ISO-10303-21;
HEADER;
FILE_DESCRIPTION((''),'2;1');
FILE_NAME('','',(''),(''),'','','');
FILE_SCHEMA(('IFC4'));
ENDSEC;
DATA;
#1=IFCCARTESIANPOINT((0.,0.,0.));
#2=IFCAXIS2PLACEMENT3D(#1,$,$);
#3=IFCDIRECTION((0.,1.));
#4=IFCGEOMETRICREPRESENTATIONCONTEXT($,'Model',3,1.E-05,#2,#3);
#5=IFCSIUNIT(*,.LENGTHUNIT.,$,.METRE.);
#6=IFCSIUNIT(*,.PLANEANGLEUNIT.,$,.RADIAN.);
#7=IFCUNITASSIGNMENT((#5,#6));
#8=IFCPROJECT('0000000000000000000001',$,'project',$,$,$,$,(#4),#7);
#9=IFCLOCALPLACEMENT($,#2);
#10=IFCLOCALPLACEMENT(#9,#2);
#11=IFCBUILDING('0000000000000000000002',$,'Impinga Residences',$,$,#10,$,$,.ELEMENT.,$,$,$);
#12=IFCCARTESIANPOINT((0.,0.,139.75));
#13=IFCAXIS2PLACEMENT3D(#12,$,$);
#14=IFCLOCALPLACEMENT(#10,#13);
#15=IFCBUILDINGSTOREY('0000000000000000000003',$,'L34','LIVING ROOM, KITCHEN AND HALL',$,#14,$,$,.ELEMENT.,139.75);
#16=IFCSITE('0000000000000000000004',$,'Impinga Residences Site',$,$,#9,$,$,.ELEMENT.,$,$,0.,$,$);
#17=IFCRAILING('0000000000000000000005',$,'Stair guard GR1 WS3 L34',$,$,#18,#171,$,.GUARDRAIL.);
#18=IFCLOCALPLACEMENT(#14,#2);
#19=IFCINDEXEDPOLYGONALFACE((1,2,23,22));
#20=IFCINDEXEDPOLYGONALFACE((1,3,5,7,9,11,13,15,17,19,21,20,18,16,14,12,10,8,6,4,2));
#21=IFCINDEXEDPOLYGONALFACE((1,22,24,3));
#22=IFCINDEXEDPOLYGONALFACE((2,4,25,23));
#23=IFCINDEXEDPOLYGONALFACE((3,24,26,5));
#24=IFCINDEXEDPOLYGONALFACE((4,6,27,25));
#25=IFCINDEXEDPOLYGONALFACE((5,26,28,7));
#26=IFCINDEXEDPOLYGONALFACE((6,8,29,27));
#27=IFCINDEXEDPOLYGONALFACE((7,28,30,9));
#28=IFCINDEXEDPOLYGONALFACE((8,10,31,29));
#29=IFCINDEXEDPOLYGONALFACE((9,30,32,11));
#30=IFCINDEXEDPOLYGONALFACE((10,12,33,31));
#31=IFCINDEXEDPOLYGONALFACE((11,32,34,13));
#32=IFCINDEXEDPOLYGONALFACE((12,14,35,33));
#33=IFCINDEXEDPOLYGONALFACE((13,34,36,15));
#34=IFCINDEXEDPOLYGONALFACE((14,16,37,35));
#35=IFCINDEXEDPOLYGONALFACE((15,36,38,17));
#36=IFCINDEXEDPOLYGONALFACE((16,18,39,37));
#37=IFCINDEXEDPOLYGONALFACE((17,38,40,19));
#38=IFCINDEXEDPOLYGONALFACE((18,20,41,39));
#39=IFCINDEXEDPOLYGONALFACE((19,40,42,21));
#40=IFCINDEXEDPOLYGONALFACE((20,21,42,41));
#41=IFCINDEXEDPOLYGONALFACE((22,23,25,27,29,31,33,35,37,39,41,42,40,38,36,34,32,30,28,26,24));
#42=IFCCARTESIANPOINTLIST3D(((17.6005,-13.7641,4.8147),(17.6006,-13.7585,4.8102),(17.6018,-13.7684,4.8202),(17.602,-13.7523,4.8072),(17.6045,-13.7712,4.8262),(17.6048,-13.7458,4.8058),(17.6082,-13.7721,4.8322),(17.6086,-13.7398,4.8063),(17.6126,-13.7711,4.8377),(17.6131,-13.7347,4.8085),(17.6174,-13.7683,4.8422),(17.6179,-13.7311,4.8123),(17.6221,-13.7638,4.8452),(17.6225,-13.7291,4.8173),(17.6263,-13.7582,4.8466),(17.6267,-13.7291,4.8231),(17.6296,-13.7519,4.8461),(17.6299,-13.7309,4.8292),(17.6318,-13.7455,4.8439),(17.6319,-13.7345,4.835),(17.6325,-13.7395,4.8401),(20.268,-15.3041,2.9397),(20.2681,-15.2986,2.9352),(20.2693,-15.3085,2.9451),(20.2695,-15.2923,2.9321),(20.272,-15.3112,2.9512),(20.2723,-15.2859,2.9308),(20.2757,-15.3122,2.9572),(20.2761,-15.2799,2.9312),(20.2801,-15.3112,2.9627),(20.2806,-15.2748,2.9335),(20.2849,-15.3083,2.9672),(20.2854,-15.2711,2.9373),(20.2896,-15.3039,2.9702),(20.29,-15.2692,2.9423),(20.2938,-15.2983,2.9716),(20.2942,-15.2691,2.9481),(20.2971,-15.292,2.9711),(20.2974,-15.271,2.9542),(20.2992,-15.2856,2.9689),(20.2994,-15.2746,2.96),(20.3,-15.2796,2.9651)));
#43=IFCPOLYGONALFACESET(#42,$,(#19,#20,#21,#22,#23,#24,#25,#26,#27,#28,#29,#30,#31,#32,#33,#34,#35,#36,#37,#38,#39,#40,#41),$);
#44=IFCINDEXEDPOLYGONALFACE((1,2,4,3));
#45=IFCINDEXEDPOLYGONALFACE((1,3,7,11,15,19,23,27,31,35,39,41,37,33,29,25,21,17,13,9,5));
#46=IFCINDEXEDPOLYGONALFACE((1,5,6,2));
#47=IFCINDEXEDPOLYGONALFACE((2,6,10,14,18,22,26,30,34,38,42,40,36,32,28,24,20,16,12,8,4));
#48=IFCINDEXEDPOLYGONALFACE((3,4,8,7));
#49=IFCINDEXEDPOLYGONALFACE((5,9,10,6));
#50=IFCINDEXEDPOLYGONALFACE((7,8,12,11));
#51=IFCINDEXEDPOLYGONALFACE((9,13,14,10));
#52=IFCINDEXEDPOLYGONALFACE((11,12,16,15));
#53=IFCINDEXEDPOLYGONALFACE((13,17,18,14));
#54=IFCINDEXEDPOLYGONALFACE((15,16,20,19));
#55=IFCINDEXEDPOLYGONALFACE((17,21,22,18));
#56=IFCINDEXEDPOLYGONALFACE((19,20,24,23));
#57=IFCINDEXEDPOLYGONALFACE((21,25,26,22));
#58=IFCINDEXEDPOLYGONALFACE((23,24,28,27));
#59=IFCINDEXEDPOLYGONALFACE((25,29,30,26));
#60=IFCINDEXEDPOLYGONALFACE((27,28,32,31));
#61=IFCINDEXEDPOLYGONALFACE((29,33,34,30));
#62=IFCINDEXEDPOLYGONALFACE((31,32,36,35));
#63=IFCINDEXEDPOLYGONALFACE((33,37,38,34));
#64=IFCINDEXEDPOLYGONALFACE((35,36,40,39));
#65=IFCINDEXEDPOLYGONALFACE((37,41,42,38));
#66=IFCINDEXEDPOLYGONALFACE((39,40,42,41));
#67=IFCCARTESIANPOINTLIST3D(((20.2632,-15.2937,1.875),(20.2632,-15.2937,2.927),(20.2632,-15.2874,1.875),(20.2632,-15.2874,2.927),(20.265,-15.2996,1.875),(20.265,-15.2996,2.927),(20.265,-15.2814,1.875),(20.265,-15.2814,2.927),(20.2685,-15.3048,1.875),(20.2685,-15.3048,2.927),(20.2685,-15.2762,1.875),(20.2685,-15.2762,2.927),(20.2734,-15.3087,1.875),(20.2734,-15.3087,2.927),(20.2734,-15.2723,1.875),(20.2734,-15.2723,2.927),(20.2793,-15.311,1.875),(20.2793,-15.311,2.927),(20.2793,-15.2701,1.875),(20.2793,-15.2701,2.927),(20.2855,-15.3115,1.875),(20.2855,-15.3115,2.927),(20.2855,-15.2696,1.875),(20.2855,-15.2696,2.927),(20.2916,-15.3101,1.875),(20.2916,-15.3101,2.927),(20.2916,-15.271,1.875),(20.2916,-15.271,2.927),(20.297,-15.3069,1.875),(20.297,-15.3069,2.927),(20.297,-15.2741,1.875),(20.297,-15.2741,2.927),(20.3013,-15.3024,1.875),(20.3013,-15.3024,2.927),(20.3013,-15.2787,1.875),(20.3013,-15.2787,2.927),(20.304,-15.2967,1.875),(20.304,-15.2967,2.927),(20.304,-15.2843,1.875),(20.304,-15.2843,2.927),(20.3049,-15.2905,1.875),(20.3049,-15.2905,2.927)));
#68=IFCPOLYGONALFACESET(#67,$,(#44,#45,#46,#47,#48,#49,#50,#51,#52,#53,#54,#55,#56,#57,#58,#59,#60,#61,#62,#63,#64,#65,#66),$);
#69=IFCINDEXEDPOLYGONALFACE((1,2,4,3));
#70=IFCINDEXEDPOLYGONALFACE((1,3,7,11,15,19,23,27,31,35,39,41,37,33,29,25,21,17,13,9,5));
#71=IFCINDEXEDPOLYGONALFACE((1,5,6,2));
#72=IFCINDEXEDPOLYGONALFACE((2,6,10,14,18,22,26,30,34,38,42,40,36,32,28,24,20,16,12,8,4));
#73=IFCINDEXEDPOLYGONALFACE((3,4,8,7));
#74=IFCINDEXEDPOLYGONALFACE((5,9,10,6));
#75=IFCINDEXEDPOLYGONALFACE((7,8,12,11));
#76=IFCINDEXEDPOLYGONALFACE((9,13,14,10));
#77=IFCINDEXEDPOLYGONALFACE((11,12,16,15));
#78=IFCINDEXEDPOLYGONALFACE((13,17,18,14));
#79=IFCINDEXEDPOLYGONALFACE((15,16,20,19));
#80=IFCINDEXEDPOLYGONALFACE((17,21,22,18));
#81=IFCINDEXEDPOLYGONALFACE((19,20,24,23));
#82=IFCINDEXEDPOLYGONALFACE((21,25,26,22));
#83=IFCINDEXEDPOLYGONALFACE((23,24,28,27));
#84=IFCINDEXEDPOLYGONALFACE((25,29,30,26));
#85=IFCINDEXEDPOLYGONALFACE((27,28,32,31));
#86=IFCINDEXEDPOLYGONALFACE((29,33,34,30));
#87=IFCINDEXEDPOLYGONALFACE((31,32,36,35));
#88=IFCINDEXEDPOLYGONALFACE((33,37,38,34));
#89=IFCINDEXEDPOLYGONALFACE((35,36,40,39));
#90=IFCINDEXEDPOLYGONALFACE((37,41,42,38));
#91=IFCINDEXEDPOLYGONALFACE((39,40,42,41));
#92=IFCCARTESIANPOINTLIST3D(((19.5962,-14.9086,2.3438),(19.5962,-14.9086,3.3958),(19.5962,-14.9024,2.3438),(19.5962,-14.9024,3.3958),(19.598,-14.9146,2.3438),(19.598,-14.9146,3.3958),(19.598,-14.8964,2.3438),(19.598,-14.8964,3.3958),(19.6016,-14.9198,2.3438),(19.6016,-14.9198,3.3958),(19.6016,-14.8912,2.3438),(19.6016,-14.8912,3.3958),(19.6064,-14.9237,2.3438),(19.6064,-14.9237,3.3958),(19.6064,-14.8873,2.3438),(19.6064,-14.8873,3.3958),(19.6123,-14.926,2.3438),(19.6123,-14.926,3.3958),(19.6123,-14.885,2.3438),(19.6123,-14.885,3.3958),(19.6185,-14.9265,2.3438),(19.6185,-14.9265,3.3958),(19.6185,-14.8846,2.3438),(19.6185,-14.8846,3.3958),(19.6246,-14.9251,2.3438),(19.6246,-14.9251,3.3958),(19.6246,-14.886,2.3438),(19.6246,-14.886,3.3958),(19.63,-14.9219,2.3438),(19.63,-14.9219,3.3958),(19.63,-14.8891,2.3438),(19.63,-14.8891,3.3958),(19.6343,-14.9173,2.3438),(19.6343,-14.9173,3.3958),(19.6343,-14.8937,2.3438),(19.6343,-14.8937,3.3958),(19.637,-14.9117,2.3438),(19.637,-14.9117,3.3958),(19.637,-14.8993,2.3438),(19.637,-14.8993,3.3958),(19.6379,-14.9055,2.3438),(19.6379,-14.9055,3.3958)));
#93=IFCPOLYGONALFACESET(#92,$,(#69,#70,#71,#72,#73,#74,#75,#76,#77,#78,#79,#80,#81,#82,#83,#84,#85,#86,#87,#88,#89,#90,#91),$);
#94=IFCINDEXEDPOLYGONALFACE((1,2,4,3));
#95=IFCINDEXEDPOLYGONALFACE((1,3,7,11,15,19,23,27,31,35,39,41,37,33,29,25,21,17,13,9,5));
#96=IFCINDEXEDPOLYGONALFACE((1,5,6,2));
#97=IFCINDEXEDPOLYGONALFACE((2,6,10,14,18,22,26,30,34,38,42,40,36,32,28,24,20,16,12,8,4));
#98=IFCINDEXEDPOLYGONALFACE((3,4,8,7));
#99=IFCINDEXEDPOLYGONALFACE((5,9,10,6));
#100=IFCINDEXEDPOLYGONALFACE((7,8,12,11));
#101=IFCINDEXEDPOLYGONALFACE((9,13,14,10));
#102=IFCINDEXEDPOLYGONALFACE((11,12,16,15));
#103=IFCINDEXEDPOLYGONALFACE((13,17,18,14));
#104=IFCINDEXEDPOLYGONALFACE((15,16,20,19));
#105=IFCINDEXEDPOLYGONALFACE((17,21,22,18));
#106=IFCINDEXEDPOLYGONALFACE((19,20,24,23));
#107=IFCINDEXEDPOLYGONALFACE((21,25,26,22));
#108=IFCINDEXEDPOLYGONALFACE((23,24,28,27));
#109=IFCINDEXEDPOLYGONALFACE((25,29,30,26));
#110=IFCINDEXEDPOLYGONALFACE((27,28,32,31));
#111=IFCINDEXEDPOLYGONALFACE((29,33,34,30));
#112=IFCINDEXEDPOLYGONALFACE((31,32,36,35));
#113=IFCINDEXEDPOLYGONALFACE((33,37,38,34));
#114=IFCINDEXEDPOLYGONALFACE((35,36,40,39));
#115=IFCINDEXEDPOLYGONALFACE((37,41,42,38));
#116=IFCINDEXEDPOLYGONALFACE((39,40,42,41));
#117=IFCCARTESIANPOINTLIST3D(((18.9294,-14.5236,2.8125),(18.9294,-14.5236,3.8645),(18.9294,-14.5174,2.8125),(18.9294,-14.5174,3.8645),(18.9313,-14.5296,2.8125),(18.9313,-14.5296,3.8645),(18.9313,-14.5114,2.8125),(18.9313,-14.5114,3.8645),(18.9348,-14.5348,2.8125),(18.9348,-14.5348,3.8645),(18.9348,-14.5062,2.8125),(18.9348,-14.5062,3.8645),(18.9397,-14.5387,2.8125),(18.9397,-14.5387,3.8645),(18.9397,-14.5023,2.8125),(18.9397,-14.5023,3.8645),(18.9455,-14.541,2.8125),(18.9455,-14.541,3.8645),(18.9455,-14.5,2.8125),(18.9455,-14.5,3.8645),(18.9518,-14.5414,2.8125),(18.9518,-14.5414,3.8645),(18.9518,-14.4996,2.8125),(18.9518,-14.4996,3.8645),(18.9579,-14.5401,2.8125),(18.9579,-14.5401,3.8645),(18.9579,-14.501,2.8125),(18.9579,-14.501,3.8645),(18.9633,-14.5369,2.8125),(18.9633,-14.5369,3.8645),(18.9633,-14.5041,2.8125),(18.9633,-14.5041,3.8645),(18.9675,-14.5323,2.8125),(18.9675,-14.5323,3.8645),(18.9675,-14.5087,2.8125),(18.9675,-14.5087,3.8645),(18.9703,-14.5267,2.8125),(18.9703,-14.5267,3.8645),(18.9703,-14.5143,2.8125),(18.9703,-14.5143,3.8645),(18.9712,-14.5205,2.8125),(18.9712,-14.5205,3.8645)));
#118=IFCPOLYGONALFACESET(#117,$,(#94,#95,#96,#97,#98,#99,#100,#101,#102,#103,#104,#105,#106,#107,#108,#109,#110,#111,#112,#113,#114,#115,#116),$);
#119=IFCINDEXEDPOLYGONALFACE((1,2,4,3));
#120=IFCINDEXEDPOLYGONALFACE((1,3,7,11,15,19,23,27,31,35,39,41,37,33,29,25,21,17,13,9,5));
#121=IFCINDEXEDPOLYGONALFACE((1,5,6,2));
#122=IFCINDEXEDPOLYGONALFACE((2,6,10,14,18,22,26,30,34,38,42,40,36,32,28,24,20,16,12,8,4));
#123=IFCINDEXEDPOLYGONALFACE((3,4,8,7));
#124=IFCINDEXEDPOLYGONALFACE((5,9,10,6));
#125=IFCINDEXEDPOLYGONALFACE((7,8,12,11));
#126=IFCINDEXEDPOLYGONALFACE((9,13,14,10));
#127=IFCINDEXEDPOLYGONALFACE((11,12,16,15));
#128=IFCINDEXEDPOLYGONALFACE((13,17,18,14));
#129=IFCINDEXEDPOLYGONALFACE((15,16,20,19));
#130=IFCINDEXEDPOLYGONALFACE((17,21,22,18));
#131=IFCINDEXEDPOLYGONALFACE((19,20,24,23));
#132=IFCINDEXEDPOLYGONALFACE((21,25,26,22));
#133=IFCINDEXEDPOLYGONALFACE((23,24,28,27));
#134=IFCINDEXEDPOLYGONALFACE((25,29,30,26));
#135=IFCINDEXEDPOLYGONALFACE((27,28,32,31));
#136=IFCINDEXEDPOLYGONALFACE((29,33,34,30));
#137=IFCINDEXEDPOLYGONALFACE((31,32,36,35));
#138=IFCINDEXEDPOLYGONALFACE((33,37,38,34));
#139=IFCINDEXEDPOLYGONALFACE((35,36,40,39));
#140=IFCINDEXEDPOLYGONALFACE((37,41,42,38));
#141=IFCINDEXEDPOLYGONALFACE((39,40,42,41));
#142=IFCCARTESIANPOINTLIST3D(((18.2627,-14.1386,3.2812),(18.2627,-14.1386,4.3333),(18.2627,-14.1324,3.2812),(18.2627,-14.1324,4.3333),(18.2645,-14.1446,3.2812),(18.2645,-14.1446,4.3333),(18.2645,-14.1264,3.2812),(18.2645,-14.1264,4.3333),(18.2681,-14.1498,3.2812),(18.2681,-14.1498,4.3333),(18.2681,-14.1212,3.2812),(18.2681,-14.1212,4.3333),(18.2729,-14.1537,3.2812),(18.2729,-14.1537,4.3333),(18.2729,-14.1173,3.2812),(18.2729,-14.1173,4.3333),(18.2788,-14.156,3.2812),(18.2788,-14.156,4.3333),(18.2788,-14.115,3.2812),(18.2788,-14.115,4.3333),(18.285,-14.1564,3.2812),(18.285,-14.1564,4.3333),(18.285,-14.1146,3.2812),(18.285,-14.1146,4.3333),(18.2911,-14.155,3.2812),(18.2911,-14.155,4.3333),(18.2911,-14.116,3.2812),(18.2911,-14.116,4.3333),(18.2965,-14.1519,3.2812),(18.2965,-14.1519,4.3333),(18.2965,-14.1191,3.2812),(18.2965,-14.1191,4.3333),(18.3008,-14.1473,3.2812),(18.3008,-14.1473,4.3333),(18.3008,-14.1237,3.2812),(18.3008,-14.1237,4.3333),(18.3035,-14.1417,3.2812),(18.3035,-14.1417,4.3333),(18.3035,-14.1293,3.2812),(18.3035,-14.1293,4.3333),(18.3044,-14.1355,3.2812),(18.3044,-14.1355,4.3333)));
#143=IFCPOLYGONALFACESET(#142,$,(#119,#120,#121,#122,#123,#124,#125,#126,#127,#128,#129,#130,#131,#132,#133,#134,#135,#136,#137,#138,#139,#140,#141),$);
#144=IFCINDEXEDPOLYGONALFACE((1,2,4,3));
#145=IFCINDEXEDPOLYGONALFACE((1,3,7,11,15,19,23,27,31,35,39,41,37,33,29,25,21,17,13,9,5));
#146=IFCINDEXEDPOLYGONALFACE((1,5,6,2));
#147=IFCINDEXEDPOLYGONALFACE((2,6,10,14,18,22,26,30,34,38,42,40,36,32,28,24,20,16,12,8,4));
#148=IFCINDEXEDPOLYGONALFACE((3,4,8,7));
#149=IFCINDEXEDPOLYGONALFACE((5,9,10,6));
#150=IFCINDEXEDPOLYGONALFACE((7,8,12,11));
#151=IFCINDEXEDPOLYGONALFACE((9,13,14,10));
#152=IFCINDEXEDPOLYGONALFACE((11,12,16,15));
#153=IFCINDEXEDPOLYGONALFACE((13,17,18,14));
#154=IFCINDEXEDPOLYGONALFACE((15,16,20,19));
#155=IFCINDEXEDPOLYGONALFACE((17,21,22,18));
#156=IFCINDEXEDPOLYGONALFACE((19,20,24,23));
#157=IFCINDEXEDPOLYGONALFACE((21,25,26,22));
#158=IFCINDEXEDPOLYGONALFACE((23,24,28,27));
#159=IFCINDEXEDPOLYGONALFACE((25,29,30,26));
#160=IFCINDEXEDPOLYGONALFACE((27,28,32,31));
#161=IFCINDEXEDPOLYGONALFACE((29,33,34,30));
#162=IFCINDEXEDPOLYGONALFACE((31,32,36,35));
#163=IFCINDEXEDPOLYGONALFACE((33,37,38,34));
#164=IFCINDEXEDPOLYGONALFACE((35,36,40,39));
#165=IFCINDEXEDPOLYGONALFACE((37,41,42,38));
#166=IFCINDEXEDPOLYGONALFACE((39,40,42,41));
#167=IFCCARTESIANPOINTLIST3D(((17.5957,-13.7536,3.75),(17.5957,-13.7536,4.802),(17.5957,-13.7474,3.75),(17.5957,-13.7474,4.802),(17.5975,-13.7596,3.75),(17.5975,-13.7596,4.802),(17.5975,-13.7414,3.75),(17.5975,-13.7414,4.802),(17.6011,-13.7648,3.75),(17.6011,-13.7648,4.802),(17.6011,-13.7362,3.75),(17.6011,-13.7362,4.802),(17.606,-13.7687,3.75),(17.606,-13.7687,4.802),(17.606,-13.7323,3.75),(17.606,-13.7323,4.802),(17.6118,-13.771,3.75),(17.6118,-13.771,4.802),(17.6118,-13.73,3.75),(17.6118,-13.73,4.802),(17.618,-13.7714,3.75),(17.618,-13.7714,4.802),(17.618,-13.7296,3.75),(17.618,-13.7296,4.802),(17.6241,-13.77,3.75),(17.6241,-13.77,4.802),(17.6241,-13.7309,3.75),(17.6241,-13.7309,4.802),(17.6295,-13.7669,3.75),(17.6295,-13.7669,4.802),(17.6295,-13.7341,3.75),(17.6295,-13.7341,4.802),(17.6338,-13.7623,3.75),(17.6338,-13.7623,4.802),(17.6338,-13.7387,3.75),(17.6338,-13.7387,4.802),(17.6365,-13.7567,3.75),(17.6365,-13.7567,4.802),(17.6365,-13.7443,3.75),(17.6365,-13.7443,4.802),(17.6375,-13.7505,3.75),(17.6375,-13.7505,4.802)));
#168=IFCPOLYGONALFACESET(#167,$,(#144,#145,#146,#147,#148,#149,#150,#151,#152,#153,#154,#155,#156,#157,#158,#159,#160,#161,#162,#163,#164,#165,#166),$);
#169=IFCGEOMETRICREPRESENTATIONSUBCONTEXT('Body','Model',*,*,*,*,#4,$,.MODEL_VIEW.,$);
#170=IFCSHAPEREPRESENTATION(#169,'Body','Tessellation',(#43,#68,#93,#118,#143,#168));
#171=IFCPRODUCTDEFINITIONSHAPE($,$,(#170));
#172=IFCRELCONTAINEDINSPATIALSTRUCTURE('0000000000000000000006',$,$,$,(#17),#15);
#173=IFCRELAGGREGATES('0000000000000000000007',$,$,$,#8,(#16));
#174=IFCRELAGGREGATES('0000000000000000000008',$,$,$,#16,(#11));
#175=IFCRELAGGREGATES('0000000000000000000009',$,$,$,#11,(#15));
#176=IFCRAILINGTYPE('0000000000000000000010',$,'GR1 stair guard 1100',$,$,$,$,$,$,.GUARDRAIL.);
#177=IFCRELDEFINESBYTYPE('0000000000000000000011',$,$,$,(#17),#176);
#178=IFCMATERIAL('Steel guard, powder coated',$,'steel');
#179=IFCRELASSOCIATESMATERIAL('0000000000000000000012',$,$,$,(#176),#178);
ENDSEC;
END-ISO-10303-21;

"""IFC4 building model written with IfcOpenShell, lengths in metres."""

from ifc_helpers import new_model, si_unit, direction, frame, origin, origin_2d, place, context, subcontext, project, spatial, circle, extrude, material, type_object, element, save


model = new_model("IFC4")

# Units and contexts
model_context = context("Model", 3, precision=1e-05, world=origin(), true_north=direction((0.0, 1.0)))
body_context = subcontext(model_context, "Body", "Model", "MODEL_VIEW")
ifc_project = project(units=[si_unit("LENGTHUNIT", "METRE"), si_unit("PLANEANGLEUNIT", "RADIAN")], contexts=[model_context])

# Site, building, storey
site_placement = place(None, origin())
site = spatial("IfcSite", under=ifc_project, at=site_placement, Name="Impinga Residences Site", CompositionType="ELEMENT", RefElevation=0.0)
building_placement = place(site_placement, origin())
building = spatial("IfcBuilding", under=site, at=building_placement, Name="Impinga Residences", CompositionType="ELEMENT")
storey_placement = place(building_placement, frame((0.0, 0.0, 139.75)))
storey = spatial("IfcBuildingStorey", under=building, at=storey_placement, Name="L34", Description="LIVING ROOM, KITCHEN AND HALL", CompositionType="ELEMENT", Elevation=139.75)

# Railing
ifc_material_1 = material(Name="Steel guard, powder coated", Category="steel")
railing_type_1 = type_object("IfcRailingType", Name="GR1 stair guard 1100", PredefinedType="GUARDRAIL", material=ifc_material_1)
railing_1_placement = place(storey_placement, frame((20.2839, -15.2905, 1.875)))
element("IfcRailing", 1, at=railing_1_placement, inside=storey, type_object=railing_type_1, Name="Stair guard GR1 WS3 L34", PredefinedType="GUARDRAIL", context=body_context, shape_type="SweptSolid", body=[
    extrude(circle(Radius=0.0239, at=origin_2d()), frame((0.0, 0.0, 1.0762), z_axis=(-0.739746, 0.427084, 0.519975), x_axis=(-0.499992, -0.86603, 0.0)), (0.0, 0.0, 1.0), 3.606),
    extrude(circle(Radius=0.021, at=origin_2d()), origin(), (0.0, 0.0, 1.0), 1.052),
    extrude(circle(Radius=0.021, at=origin_2d()), frame((-0.667, 0.385, 0.4688)), (0.0, 0.0, 1.0), 1.052),
    extrude(circle(Radius=0.021, at=origin_2d()), frame((-1.3337, 0.77, 0.9375)), (0.0, 0.0, 1.0), 1.052),
    extrude(circle(Radius=0.021, at=origin_2d()), frame((-2.0005, 1.155, 1.4062)), (0.0, 0.0, 1.0), 1.052),
    extrude(circle(Radius=0.021, at=origin_2d()), frame((-2.6675, 1.54, 1.875)), (0.0, 0.0, 1.0), 1.052),
])

save(model, "model.ifc")
